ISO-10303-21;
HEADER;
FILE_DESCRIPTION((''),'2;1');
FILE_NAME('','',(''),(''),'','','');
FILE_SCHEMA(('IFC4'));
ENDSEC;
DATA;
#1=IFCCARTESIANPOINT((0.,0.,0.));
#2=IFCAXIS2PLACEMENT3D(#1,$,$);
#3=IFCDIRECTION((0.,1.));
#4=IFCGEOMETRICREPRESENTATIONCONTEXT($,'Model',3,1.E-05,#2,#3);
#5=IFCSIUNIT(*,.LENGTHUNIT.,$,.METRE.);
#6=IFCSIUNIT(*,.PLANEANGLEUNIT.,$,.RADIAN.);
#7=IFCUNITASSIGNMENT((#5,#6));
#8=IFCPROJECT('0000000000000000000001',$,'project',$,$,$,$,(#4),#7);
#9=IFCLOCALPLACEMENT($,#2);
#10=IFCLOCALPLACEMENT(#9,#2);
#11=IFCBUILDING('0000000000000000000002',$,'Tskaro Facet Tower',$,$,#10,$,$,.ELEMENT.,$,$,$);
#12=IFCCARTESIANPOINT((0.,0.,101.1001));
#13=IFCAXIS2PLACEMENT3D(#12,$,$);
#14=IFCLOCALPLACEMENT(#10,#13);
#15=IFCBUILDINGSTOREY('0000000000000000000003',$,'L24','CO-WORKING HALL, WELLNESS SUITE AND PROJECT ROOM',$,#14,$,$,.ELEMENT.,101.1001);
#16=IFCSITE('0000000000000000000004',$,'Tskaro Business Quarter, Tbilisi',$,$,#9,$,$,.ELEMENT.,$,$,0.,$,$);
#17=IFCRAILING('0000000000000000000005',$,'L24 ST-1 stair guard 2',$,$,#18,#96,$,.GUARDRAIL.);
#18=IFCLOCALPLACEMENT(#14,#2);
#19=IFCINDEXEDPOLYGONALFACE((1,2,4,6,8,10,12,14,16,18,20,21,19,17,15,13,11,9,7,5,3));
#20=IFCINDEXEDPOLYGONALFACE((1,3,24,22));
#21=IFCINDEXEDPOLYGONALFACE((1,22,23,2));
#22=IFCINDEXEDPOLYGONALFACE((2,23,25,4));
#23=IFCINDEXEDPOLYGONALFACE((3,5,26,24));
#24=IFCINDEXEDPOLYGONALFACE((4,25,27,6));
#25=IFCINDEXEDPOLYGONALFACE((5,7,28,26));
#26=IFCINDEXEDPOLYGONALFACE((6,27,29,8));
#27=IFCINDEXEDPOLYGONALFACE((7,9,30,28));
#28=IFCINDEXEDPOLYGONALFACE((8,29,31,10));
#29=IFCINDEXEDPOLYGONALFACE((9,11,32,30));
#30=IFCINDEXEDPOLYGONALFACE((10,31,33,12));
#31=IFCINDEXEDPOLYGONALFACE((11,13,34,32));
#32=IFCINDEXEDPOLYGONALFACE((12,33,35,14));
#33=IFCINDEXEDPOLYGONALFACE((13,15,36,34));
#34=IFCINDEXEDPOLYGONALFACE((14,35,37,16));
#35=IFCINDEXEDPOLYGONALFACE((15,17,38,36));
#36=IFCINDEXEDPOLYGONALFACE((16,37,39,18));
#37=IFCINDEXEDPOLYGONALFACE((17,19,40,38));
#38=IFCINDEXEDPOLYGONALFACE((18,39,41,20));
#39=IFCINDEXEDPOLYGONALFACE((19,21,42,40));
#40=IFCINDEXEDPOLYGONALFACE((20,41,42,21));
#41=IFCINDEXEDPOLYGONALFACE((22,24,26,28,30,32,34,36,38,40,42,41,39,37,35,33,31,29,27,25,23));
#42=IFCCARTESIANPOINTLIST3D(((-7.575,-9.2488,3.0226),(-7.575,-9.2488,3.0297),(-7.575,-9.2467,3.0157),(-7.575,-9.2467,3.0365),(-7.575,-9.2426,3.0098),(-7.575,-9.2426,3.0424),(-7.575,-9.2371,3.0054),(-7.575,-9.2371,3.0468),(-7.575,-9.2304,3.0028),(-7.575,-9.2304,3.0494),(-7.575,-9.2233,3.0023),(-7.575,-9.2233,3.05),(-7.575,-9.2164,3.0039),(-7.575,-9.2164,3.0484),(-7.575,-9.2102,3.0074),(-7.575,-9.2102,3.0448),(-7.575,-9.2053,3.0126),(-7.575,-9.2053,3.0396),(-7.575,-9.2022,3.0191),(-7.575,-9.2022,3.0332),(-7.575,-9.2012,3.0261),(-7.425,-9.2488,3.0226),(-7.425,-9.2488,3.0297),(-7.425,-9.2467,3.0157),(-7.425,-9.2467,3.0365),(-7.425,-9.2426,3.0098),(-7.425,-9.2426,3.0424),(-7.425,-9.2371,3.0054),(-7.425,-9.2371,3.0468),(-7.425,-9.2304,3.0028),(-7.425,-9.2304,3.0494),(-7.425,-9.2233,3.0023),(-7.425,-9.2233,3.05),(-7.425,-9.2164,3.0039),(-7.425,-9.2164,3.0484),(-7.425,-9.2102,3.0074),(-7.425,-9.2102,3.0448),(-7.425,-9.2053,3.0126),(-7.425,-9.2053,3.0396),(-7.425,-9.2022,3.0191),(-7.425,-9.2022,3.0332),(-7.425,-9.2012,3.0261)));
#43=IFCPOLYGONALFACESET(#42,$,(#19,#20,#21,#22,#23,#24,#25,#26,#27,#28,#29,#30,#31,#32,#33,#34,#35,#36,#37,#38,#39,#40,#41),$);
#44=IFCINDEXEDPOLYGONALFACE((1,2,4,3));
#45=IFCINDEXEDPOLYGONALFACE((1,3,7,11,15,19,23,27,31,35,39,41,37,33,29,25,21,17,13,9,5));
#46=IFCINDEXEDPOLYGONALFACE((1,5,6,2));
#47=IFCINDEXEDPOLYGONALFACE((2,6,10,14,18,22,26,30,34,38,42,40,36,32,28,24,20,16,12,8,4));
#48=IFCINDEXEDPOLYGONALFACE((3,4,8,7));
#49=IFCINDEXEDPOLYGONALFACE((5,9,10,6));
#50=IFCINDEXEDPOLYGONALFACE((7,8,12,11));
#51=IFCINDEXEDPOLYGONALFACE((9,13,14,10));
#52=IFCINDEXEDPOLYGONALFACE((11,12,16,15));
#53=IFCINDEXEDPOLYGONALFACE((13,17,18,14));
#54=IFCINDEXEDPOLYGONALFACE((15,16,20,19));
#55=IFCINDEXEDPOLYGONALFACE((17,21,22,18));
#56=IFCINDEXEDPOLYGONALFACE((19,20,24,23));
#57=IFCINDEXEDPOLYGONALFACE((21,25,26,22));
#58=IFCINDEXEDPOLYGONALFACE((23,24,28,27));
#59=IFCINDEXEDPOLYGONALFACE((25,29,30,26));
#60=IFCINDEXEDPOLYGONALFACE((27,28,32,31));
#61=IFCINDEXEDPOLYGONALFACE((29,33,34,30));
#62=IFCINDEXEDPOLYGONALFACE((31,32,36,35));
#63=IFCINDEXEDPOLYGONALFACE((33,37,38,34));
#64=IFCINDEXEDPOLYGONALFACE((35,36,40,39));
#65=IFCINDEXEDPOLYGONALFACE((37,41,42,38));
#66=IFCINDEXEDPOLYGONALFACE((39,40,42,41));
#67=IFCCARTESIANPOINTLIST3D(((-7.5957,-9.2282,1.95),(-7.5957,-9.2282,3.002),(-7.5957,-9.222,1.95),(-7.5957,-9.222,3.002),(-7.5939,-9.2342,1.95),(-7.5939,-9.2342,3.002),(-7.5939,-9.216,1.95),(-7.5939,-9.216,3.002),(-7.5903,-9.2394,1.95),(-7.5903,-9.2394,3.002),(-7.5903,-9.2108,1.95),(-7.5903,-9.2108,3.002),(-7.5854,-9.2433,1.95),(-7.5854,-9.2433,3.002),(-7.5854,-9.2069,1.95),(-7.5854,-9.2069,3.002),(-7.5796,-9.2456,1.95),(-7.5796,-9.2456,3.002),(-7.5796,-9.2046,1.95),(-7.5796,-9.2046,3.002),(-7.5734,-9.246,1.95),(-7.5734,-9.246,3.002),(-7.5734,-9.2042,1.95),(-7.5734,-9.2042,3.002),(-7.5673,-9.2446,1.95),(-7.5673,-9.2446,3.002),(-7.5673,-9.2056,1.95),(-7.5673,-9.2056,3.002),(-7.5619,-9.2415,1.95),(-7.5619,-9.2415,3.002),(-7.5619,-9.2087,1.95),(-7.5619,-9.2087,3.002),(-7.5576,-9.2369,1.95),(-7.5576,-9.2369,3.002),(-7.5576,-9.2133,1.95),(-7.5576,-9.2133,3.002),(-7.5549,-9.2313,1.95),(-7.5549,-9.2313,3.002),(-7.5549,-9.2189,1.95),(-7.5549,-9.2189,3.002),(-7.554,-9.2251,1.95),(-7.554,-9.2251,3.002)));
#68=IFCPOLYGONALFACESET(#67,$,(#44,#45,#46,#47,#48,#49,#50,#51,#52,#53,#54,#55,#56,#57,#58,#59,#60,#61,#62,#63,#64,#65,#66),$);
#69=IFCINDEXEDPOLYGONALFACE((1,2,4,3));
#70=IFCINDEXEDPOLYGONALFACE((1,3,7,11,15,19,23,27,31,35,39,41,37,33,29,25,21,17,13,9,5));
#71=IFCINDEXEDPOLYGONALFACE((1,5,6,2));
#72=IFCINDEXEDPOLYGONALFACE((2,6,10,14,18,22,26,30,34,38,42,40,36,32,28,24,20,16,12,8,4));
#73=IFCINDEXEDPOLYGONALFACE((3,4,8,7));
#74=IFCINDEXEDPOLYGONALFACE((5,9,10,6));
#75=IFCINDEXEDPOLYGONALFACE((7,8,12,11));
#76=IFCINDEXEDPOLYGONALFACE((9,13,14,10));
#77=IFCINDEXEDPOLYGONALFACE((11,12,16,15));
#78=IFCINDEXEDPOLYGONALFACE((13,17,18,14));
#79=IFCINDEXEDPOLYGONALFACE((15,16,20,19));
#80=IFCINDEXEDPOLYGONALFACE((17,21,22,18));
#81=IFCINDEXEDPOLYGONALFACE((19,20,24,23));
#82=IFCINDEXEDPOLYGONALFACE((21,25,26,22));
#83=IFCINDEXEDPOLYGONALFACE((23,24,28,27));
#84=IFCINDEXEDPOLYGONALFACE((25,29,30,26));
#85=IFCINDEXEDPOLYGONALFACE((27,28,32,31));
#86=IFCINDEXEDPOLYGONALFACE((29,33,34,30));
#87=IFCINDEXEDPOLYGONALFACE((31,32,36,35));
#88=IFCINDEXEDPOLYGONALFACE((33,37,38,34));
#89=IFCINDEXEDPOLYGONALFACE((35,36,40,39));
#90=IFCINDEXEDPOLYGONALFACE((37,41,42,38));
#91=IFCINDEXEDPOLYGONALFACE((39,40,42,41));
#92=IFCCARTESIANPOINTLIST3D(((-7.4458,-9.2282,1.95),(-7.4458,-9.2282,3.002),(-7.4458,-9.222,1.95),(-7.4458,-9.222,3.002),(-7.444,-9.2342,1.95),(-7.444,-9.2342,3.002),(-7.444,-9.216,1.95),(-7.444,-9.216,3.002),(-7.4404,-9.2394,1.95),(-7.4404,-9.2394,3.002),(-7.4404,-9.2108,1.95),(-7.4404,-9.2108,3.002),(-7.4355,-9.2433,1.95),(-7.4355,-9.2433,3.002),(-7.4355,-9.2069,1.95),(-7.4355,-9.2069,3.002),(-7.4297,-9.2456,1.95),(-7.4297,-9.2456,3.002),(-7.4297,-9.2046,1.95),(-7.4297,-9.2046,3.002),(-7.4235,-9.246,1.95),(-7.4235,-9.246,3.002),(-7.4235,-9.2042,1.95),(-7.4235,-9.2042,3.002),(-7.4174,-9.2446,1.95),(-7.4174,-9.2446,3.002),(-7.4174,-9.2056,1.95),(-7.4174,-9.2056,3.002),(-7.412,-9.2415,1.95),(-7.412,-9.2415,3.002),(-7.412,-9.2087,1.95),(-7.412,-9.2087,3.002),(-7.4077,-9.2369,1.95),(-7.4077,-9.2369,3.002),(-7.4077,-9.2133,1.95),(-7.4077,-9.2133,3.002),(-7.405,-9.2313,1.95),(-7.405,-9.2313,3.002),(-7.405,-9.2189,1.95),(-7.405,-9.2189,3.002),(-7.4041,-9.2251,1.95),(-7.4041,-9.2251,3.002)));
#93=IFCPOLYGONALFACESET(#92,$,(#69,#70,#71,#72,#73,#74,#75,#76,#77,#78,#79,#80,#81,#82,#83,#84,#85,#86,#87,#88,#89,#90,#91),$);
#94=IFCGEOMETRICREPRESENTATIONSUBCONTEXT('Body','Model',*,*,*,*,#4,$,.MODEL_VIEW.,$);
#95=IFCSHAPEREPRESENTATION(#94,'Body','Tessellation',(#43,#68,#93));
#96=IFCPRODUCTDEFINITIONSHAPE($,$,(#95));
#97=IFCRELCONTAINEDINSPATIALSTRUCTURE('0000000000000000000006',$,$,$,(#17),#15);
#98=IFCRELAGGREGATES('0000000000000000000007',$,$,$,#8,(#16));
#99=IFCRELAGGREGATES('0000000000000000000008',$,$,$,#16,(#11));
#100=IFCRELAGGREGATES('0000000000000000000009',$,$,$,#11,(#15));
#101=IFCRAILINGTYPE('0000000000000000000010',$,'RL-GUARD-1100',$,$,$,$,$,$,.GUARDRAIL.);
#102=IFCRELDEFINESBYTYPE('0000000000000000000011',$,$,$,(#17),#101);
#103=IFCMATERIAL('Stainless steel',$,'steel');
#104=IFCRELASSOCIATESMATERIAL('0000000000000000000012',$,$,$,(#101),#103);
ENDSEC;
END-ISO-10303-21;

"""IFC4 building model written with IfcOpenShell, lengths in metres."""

from ifc_helpers import new_model, si_unit, direction, frame, origin, origin_2d, place, context, subcontext, project, spatial, circle, extrude, material, type_object, element, save


model = new_model("IFC4")

# Units and contexts
model_context = context("Model", 3, precision=1e-05, world=origin(), true_north=direction((0.0, 1.0)))
body_context = subcontext(model_context, "Body", "Model", "MODEL_VIEW")
ifc_project = project(units=[si_unit("LENGTHUNIT", "METRE"), si_unit("PLANEANGLEUNIT", "RADIAN")], contexts=[model_context])

# Site, building, storey
site_placement = place(None, origin())
site = spatial("IfcSite", under=ifc_project, at=site_placement, Name="Tskaro Business Quarter, Tbilisi", CompositionType="ELEMENT", RefElevation=0.0)
building_placement = place(site_placement, origin())
building = spatial("IfcBuilding", under=site, at=building_placement, Name="Tskaro Facet Tower", CompositionType="ELEMENT")
storey_placement = place(building_placement, frame((0.0, 0.0, 101.1001)))
storey = spatial("IfcBuildingStorey", under=building, at=storey_placement, Name="L24", Description="CO-WORKING HALL, WELLNESS SUITE AND PROJECT ROOM", CompositionType="ELEMENT", Elevation=101.1001)

# Shared definitions
ifc_material_1 = material(Name="Stainless steel", Category="steel")

# Railing
railing_type_1 = type_object("IfcRailingType", Name="RL-GUARD-1100", PredefinedType="GUARDRAIL", material=ifc_material_1)
railing_1_placement = place(storey_placement, frame((-7.575, -9.2251, 1.95)))
element("IfcRailing", 1, at=railing_1_placement, inside=storey, type_object=railing_type_1, Name="L24 ST-1 stair guard 2", PredefinedType="GUARDRAIL", context=body_context, shape_type="SweptSolid", body=[
    extrude(circle(Radius=0.0239, at=origin_2d()), frame((0.0, 0.0, 1.0762), z_axis=(1.0, 0.0, 0.0), x_axis=(0.0, 1.0, 0.0)), (0.0, 0.0, 1.0), 0.1499),
    extrude(circle(Radius=0.021, at=origin_2d()), origin(), (0.0, 0.0, 1.0), 1.052),
    extrude(circle(Radius=0.021, at=origin_2d()), frame((0.1499, 0.0, 0.0)), (0.0, 0.0, 1.0), 1.052),
])

save(model, "model.ifc")
